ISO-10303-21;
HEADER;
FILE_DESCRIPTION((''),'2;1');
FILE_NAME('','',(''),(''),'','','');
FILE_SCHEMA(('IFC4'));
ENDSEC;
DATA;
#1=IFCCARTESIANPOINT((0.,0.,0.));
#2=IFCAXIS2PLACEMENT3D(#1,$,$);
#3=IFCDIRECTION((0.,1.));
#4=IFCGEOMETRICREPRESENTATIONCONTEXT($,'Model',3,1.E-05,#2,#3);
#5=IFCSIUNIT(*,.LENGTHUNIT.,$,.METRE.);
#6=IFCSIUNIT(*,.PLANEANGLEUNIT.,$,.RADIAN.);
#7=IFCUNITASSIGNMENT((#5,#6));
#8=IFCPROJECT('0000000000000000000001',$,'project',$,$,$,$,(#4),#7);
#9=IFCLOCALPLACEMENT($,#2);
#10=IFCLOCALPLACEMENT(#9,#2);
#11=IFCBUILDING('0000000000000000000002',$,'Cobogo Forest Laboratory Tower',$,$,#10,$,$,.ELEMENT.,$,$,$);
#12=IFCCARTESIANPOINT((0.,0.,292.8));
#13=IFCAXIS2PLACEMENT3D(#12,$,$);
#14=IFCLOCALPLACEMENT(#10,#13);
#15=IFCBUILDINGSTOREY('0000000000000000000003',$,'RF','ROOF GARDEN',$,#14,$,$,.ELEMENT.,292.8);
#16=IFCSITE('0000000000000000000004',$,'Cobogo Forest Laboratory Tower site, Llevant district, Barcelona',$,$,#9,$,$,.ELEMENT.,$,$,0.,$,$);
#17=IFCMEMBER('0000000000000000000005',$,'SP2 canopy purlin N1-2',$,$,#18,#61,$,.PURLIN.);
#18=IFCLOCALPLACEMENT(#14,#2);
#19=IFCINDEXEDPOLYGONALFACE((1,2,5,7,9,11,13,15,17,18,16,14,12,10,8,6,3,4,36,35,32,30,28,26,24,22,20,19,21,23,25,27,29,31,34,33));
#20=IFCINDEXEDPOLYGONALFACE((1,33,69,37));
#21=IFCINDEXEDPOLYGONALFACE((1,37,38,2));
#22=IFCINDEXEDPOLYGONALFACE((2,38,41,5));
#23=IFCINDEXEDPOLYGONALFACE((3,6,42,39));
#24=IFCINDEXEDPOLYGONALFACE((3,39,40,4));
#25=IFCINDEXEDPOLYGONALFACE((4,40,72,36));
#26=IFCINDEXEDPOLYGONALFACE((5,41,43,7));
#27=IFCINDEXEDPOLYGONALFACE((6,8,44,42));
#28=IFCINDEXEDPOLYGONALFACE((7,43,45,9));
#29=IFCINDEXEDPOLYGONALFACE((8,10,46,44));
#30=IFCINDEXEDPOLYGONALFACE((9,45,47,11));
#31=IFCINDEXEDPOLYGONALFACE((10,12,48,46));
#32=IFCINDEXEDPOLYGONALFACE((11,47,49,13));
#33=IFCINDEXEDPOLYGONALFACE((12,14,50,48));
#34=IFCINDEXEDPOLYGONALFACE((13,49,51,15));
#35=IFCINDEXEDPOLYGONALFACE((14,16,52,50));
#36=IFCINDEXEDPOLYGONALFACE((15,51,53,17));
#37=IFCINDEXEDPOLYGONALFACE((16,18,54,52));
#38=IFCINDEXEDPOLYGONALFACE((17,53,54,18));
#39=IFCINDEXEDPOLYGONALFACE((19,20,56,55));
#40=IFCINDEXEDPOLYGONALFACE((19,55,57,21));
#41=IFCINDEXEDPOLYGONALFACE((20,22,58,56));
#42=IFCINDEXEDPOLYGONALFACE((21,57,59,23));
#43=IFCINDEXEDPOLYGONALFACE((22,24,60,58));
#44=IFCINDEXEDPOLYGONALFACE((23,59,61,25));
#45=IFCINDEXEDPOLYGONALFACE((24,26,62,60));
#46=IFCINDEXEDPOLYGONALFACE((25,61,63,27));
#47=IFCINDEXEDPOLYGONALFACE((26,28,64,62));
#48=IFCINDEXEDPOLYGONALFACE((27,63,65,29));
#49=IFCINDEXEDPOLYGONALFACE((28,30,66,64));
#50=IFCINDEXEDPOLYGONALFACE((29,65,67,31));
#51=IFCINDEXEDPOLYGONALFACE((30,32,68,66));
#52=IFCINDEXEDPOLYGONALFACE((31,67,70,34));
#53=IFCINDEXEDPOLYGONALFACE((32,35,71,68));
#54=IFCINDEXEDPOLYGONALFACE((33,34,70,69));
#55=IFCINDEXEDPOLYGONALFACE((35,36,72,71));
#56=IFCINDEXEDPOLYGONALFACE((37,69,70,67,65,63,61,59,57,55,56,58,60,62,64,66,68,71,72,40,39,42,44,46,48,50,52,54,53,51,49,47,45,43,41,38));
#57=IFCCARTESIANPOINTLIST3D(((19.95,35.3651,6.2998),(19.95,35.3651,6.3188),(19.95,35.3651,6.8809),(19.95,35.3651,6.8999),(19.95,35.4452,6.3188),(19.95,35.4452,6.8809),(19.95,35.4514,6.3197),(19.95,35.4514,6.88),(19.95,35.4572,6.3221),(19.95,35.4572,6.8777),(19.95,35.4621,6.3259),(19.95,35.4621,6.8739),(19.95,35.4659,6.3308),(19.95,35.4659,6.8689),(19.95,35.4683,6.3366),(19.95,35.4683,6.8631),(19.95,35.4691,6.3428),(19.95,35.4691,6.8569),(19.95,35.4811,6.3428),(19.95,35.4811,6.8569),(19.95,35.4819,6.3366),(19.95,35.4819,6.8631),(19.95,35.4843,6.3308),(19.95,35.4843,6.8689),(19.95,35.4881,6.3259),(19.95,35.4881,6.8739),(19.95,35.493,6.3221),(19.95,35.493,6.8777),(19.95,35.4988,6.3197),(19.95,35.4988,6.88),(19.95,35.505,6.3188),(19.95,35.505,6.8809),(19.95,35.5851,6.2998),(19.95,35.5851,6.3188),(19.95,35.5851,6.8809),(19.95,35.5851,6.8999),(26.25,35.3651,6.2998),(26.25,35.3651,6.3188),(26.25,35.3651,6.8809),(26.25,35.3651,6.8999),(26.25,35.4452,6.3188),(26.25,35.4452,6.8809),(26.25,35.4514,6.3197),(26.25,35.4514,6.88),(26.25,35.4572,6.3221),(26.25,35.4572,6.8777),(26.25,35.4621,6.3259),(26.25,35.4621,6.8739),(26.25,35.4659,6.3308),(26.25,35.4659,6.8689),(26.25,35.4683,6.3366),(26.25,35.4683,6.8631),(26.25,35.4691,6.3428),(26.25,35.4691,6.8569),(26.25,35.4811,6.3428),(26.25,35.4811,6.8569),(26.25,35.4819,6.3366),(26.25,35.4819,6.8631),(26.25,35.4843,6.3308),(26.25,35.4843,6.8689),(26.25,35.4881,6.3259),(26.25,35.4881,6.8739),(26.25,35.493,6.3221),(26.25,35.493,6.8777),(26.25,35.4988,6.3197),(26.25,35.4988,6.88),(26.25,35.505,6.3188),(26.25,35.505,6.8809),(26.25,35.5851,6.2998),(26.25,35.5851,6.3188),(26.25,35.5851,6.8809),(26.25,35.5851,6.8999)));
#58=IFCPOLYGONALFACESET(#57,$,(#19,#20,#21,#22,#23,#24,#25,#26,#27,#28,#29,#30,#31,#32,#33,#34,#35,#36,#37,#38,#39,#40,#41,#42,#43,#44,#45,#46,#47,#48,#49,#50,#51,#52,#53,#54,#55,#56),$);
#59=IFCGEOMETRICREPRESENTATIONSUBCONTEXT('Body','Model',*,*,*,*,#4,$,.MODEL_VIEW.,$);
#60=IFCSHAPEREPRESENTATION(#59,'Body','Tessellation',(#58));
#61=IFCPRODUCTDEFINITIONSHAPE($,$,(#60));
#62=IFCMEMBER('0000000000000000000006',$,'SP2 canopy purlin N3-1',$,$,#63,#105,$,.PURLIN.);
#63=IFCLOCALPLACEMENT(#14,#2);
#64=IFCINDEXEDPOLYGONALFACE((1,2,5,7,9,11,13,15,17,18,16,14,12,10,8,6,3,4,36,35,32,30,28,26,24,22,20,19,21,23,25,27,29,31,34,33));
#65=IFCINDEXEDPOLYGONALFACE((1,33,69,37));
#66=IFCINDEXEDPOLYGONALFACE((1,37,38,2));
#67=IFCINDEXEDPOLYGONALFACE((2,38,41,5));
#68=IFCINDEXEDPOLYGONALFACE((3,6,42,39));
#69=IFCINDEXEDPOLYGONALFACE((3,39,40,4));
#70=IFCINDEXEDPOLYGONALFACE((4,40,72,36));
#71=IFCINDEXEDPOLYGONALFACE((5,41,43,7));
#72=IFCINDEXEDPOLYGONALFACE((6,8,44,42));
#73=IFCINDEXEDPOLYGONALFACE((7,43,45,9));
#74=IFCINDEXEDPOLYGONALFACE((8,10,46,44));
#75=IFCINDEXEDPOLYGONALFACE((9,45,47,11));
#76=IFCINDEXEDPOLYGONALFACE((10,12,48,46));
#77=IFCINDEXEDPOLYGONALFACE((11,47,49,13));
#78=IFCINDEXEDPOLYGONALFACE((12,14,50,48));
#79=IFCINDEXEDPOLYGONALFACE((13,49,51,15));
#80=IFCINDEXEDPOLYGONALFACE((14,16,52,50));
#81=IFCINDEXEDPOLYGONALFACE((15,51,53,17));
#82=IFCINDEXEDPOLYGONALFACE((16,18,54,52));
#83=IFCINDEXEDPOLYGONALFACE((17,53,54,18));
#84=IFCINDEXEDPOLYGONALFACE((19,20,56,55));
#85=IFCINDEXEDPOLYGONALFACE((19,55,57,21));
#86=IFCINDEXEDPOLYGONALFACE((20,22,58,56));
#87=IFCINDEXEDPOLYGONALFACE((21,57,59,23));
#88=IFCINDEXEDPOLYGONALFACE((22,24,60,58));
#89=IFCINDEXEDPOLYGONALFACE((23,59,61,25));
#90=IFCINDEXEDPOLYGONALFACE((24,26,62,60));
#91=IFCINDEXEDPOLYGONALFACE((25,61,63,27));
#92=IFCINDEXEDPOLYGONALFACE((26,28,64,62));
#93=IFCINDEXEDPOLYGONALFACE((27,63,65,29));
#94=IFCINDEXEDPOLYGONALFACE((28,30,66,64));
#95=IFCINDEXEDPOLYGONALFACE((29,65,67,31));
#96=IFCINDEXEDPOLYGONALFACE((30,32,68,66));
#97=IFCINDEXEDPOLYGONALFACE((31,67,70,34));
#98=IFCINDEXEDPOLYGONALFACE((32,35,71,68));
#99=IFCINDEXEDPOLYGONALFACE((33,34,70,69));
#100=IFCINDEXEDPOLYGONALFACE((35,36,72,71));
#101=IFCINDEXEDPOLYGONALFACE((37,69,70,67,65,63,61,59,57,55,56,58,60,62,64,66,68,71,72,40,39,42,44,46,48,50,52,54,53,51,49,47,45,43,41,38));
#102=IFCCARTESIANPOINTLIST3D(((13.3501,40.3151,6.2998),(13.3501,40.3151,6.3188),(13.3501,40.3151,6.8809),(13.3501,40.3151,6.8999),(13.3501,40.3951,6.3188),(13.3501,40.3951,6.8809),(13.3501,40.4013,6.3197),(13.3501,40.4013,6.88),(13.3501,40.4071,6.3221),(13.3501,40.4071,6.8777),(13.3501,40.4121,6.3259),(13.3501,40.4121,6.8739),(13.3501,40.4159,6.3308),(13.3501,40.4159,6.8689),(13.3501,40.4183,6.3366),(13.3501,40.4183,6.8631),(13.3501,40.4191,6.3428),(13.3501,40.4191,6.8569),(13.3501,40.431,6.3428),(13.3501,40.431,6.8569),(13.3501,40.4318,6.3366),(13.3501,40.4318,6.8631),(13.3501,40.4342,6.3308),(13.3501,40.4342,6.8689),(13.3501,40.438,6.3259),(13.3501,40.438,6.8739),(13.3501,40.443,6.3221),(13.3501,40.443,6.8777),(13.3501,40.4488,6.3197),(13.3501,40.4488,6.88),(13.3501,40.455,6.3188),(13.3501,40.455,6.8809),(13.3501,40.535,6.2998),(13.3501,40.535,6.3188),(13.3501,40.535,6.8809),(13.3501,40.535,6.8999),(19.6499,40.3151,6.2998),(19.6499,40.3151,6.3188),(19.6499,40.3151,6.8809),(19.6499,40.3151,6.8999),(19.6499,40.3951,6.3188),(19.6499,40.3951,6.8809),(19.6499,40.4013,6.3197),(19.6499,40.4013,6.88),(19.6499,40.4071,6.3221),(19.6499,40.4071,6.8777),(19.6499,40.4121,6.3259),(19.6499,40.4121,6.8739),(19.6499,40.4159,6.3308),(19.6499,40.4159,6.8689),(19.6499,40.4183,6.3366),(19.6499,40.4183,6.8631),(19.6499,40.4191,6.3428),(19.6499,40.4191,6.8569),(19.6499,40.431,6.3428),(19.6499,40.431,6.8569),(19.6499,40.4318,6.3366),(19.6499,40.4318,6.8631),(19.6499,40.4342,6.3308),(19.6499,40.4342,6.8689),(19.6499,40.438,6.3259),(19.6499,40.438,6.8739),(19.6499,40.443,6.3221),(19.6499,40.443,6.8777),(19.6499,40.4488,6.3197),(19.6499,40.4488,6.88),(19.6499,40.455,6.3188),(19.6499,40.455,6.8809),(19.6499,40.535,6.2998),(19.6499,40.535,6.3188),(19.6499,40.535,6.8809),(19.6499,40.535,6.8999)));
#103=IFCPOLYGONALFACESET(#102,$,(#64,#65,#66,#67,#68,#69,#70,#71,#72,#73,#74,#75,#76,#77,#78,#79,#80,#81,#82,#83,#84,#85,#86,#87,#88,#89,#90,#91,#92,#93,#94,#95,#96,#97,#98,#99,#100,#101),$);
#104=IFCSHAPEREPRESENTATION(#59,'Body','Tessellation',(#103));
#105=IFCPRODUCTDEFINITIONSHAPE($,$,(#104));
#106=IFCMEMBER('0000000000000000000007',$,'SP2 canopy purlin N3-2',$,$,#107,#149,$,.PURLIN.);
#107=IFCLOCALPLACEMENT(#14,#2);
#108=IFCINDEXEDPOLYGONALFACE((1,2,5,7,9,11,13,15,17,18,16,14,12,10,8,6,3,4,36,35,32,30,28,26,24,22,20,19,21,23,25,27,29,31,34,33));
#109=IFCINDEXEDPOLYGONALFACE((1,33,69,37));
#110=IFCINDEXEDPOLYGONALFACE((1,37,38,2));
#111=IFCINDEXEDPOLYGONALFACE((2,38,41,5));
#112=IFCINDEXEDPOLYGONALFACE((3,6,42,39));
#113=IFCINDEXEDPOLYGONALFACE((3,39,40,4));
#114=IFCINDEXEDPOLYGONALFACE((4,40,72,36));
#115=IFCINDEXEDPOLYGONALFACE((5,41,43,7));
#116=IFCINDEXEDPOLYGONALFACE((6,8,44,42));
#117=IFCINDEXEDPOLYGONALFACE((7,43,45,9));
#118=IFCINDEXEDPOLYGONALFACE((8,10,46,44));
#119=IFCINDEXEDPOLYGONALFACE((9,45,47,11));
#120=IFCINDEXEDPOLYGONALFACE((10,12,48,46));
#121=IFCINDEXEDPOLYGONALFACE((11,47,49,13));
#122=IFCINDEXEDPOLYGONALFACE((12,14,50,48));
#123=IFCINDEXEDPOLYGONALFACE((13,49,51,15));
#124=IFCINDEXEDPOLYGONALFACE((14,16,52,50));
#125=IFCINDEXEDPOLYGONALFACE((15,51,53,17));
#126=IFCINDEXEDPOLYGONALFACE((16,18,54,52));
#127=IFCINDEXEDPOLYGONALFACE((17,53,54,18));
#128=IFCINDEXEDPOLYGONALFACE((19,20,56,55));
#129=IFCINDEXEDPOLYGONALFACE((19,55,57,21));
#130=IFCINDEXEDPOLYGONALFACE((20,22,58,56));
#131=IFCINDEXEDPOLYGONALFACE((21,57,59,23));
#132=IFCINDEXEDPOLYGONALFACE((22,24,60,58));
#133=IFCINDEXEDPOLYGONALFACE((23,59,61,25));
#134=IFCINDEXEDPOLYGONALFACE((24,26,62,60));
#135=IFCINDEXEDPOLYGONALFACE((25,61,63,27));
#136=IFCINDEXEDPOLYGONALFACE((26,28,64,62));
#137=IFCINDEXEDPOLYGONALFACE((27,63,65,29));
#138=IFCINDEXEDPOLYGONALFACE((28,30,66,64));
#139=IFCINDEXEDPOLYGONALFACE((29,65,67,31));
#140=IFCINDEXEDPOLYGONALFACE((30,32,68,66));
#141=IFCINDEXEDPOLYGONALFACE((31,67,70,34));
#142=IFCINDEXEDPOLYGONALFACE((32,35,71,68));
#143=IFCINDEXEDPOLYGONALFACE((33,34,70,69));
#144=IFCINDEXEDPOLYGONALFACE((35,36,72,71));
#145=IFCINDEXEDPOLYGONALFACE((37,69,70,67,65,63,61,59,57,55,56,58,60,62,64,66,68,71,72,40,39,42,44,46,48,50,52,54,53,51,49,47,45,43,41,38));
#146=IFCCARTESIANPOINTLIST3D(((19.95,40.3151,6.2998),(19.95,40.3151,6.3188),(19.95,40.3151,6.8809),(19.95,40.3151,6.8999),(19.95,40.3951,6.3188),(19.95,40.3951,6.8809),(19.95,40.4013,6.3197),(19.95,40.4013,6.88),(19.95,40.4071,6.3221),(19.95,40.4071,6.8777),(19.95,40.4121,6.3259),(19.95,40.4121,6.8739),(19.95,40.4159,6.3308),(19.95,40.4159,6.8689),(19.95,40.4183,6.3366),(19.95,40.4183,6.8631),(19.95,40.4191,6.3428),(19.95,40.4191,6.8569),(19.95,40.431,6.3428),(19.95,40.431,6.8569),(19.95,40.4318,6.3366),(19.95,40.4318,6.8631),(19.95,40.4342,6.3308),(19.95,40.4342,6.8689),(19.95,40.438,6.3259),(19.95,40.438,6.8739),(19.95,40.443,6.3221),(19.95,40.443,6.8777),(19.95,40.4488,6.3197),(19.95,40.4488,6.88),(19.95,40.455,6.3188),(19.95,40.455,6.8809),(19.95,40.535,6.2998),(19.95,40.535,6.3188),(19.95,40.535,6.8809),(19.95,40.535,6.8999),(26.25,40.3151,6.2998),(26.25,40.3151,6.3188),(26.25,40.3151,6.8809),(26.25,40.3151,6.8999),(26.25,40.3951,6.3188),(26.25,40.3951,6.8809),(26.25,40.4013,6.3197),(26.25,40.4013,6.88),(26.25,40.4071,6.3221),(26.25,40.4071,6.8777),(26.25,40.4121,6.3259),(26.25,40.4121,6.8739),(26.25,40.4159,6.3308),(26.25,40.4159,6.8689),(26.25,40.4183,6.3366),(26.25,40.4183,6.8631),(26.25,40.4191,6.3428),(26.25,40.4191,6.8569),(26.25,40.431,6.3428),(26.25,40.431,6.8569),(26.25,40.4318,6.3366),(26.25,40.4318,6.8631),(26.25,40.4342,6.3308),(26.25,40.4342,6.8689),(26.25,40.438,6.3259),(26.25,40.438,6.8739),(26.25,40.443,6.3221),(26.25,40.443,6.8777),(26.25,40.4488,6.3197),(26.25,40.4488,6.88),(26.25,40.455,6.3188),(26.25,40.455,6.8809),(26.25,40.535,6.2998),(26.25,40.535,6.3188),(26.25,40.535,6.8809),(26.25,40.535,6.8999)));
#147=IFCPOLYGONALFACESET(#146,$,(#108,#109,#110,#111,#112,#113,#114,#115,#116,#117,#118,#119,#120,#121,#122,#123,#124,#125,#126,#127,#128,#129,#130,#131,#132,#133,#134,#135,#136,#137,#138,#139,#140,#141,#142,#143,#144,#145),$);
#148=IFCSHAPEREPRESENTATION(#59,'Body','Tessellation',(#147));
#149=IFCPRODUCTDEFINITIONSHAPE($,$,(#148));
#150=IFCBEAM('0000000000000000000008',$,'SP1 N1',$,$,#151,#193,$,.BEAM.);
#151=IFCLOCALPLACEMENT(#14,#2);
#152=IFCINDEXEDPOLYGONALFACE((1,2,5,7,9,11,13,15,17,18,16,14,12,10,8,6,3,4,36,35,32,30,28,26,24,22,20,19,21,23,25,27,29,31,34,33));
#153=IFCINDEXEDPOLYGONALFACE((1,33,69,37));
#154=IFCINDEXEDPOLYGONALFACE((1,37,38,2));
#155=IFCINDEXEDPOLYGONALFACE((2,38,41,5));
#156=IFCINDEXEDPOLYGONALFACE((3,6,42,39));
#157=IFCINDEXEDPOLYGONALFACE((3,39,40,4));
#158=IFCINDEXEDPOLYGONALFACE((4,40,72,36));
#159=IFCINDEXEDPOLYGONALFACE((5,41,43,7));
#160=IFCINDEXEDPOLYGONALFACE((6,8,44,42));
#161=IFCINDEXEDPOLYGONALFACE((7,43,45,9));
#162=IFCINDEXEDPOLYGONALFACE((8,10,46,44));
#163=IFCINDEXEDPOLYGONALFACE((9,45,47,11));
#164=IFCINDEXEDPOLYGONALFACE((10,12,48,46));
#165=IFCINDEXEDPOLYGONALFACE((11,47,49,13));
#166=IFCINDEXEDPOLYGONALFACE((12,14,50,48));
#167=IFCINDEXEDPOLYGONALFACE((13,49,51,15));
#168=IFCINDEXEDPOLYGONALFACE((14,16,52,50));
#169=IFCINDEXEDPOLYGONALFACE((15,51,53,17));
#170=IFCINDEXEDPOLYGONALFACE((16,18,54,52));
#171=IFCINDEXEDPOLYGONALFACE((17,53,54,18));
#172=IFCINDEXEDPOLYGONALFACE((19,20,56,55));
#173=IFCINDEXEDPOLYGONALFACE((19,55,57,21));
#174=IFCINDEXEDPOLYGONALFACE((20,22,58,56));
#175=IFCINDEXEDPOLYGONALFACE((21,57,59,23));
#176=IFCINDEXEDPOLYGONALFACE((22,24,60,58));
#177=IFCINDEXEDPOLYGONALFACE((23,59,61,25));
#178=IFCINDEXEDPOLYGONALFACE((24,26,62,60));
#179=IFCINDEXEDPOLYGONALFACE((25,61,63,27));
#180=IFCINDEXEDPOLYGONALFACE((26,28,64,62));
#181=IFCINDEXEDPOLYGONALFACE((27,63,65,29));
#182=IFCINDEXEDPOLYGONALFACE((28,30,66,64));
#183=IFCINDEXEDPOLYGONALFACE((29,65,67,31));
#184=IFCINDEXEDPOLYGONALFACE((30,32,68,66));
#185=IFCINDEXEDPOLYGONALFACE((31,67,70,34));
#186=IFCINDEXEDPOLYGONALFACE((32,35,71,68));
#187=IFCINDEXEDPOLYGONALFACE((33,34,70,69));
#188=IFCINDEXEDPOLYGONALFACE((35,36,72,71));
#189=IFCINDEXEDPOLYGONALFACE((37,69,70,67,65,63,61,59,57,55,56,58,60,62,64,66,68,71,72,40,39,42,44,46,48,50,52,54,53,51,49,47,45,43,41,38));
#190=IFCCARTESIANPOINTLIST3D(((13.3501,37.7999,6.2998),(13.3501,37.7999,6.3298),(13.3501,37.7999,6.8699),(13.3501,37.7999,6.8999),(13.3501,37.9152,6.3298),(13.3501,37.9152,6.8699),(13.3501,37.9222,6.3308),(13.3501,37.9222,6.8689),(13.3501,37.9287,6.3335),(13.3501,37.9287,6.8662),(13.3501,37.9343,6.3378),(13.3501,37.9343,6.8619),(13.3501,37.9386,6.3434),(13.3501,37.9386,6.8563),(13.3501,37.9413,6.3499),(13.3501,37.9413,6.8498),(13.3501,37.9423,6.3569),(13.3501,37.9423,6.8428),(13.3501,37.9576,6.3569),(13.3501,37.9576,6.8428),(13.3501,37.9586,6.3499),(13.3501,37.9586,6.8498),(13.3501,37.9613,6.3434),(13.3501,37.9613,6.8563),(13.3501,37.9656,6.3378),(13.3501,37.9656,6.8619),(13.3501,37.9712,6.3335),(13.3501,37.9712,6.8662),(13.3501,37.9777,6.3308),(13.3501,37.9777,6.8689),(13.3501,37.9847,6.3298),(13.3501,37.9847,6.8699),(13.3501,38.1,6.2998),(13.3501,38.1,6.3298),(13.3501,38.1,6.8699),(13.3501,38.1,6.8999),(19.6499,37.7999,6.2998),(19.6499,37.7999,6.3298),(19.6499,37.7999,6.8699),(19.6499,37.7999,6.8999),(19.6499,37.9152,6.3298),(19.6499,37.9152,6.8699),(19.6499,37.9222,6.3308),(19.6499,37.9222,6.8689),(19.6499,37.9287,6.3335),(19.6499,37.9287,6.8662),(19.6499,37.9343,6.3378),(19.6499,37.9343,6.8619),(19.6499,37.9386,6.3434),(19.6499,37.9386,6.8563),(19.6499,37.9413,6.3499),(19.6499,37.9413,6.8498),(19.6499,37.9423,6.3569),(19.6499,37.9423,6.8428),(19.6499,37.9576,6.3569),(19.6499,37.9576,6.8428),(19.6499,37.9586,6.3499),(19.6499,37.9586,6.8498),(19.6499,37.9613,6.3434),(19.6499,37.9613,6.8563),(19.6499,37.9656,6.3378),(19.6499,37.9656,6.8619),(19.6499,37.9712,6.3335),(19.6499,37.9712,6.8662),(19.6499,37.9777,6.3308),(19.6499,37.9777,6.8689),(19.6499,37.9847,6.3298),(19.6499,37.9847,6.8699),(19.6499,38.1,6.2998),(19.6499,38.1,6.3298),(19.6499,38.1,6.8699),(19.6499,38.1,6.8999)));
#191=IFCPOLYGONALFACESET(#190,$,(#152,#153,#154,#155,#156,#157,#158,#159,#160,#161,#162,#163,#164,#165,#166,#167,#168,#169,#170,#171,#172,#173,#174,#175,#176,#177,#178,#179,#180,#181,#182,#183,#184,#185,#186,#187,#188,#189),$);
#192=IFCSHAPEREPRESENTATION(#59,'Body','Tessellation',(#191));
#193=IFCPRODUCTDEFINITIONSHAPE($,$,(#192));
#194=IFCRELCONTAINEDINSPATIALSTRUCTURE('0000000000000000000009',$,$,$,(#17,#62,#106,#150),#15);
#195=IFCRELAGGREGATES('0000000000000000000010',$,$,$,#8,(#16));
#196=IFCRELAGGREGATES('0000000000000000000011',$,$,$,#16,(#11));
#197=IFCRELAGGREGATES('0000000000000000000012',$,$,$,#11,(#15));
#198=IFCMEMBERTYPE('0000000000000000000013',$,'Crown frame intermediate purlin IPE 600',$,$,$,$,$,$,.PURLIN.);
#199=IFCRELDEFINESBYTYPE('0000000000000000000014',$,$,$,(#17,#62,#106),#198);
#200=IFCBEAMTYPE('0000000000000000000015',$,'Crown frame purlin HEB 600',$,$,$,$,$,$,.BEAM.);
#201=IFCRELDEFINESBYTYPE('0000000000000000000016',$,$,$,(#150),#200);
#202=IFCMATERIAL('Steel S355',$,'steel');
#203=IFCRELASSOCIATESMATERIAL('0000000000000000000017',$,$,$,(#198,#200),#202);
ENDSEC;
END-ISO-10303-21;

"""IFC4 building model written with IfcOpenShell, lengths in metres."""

from ifc_helpers import new_model, si_unit, direction, frame, origin, origin_2d, place, context, subcontext, project, spatial, i_section, extrude, material, material_profile, profile_set, type_object, element, save


model = new_model("IFC4")

# Units and contexts
model_context = context("Model", 3, precision=1e-05, world=origin(), true_north=direction((0.0, 1.0)))
body_context = subcontext(model_context, "Body", "Model", "MODEL_VIEW")
ifc_project = project(units=[si_unit("LENGTHUNIT", "METRE"), si_unit("PLANEANGLEUNIT", "RADIAN")], contexts=[model_context])

# Site, building, storey
site_placement = place(None, origin())
site = spatial("IfcSite", under=ifc_project, at=site_placement, Name="Cobogo Forest Laboratory Tower site, Llevant district, Barcelona", CompositionType="ELEMENT", RefElevation=0.0)
building_placement = place(site_placement, origin())
building = spatial("IfcBuilding", under=site, at=building_placement, Name="Cobogo Forest Laboratory Tower", CompositionType="ELEMENT")
storey_placement = place(building_placement, frame((0.0, 0.0, 292.8)))
storey = spatial("IfcBuildingStorey", under=building, at=storey_placement, Name="RF", Description="ROOF GARDEN", CompositionType="ELEMENT", Elevation=292.8)

# Shared definitions
ifc_material_1 = material(Name="Steel S355", Category="steel")

# Members
ifc_material_profile_1 = material_profile(ifc_material_1, i_section(OverallWidth=0.22, OverallDepth=0.6001, WebThickness=0.012, FlangeThickness=0.019, FilletRadius=0.0239, at=origin_2d()), Name="IPE 600")
ifc_profile_set_1 = profile_set([ifc_material_profile_1], Name="Steel S355")
member_type = type_object("IfcMemberType", Name="Crown frame intermediate purlin IPE 600", PredefinedType="PURLIN", material=ifc_profile_set_1)
member_1_placement = place(storey_placement, frame((19.95, 35.4751, 6.5999), z_axis=(1.0, 0.0, 0.0), x_axis=(0.0, 1.0, 0.0)))
element("IfcMember", 1, at=member_1_placement, inside=storey, type_object=member_type, Name="SP2 canopy purlin N1-2", PredefinedType="PURLIN", context=body_context, shape_type="SweptSolid", body=[
    extrude(i_section(OverallWidth=0.22, OverallDepth=0.6001, WebThickness=0.012, FlangeThickness=0.019, FilletRadius=0.0239, at=origin_2d()), origin(), (0.0, 0.0, 1.0), 6.3),
])
member_2_placement = place(storey_placement, frame((13.3501, 40.425, 6.5999), z_axis=(1.0, 0.0, 0.0), x_axis=(0.0, 1.0, 0.0)))
element("IfcMember", 2, at=member_2_placement, inside=storey, type_object=member_type, Name="SP2 canopy purlin N3-1", PredefinedType="PURLIN", context=body_context, shape_type="SweptSolid", body=[
    extrude(i_section(OverallWidth=0.22, OverallDepth=0.6001, WebThickness=0.012, FlangeThickness=0.019, FilletRadius=0.0239, at=origin_2d()), origin(), (0.0, 0.0, 1.0), 6.2998),
])
member_3_placement = place(storey_placement, frame((19.95, 40.425, 6.5999), z_axis=(1.0, 0.0, 0.0), x_axis=(0.0, 1.0, 0.0)))
element("IfcMember", 3, at=member_3_placement, inside=storey, type_object=member_type, Name="SP2 canopy purlin N3-2", PredefinedType="PURLIN", context=body_context, shape_type="SweptSolid", body=[
    extrude(i_section(OverallWidth=0.22, OverallDepth=0.6001, WebThickness=0.012, FlangeThickness=0.019, FilletRadius=0.0239, at=origin_2d()), origin(), (0.0, 0.0, 1.0), 6.3),
])

# Beam
ifc_material_profile_2 = material_profile(ifc_material_1, i_section(OverallWidth=0.3, OverallDepth=0.6001, WebThickness=0.0154, FlangeThickness=0.03, FilletRadius=0.0271, at=origin_2d()), Name="HEB 600")
ifc_profile_set_2 = profile_set([ifc_material_profile_2], Name="Steel S355")
beam_type_1 = type_object("IfcBeamType", Name="Crown frame purlin HEB 600", PredefinedType="BEAM", material=ifc_profile_set_2)
beam_1_placement = place(storey_placement, frame((13.3501, 37.95, 6.5999), z_axis=(1.0, 0.0, 0.0), x_axis=(0.0, 1.0, 0.0)))
element("IfcBeam", 4, at=beam_1_placement, inside=storey, type_object=beam_type_1, Name="SP1 N1", PredefinedType="BEAM", context=body_context, shape_type="SweptSolid", body=[
    extrude(i_section(OverallWidth=0.3, OverallDepth=0.6001, WebThickness=0.0154, FlangeThickness=0.03, FilletRadius=0.0271, at=origin_2d()), origin(), (0.0, 0.0, 1.0), 6.2998),
])

save(model, "model.ifc")
